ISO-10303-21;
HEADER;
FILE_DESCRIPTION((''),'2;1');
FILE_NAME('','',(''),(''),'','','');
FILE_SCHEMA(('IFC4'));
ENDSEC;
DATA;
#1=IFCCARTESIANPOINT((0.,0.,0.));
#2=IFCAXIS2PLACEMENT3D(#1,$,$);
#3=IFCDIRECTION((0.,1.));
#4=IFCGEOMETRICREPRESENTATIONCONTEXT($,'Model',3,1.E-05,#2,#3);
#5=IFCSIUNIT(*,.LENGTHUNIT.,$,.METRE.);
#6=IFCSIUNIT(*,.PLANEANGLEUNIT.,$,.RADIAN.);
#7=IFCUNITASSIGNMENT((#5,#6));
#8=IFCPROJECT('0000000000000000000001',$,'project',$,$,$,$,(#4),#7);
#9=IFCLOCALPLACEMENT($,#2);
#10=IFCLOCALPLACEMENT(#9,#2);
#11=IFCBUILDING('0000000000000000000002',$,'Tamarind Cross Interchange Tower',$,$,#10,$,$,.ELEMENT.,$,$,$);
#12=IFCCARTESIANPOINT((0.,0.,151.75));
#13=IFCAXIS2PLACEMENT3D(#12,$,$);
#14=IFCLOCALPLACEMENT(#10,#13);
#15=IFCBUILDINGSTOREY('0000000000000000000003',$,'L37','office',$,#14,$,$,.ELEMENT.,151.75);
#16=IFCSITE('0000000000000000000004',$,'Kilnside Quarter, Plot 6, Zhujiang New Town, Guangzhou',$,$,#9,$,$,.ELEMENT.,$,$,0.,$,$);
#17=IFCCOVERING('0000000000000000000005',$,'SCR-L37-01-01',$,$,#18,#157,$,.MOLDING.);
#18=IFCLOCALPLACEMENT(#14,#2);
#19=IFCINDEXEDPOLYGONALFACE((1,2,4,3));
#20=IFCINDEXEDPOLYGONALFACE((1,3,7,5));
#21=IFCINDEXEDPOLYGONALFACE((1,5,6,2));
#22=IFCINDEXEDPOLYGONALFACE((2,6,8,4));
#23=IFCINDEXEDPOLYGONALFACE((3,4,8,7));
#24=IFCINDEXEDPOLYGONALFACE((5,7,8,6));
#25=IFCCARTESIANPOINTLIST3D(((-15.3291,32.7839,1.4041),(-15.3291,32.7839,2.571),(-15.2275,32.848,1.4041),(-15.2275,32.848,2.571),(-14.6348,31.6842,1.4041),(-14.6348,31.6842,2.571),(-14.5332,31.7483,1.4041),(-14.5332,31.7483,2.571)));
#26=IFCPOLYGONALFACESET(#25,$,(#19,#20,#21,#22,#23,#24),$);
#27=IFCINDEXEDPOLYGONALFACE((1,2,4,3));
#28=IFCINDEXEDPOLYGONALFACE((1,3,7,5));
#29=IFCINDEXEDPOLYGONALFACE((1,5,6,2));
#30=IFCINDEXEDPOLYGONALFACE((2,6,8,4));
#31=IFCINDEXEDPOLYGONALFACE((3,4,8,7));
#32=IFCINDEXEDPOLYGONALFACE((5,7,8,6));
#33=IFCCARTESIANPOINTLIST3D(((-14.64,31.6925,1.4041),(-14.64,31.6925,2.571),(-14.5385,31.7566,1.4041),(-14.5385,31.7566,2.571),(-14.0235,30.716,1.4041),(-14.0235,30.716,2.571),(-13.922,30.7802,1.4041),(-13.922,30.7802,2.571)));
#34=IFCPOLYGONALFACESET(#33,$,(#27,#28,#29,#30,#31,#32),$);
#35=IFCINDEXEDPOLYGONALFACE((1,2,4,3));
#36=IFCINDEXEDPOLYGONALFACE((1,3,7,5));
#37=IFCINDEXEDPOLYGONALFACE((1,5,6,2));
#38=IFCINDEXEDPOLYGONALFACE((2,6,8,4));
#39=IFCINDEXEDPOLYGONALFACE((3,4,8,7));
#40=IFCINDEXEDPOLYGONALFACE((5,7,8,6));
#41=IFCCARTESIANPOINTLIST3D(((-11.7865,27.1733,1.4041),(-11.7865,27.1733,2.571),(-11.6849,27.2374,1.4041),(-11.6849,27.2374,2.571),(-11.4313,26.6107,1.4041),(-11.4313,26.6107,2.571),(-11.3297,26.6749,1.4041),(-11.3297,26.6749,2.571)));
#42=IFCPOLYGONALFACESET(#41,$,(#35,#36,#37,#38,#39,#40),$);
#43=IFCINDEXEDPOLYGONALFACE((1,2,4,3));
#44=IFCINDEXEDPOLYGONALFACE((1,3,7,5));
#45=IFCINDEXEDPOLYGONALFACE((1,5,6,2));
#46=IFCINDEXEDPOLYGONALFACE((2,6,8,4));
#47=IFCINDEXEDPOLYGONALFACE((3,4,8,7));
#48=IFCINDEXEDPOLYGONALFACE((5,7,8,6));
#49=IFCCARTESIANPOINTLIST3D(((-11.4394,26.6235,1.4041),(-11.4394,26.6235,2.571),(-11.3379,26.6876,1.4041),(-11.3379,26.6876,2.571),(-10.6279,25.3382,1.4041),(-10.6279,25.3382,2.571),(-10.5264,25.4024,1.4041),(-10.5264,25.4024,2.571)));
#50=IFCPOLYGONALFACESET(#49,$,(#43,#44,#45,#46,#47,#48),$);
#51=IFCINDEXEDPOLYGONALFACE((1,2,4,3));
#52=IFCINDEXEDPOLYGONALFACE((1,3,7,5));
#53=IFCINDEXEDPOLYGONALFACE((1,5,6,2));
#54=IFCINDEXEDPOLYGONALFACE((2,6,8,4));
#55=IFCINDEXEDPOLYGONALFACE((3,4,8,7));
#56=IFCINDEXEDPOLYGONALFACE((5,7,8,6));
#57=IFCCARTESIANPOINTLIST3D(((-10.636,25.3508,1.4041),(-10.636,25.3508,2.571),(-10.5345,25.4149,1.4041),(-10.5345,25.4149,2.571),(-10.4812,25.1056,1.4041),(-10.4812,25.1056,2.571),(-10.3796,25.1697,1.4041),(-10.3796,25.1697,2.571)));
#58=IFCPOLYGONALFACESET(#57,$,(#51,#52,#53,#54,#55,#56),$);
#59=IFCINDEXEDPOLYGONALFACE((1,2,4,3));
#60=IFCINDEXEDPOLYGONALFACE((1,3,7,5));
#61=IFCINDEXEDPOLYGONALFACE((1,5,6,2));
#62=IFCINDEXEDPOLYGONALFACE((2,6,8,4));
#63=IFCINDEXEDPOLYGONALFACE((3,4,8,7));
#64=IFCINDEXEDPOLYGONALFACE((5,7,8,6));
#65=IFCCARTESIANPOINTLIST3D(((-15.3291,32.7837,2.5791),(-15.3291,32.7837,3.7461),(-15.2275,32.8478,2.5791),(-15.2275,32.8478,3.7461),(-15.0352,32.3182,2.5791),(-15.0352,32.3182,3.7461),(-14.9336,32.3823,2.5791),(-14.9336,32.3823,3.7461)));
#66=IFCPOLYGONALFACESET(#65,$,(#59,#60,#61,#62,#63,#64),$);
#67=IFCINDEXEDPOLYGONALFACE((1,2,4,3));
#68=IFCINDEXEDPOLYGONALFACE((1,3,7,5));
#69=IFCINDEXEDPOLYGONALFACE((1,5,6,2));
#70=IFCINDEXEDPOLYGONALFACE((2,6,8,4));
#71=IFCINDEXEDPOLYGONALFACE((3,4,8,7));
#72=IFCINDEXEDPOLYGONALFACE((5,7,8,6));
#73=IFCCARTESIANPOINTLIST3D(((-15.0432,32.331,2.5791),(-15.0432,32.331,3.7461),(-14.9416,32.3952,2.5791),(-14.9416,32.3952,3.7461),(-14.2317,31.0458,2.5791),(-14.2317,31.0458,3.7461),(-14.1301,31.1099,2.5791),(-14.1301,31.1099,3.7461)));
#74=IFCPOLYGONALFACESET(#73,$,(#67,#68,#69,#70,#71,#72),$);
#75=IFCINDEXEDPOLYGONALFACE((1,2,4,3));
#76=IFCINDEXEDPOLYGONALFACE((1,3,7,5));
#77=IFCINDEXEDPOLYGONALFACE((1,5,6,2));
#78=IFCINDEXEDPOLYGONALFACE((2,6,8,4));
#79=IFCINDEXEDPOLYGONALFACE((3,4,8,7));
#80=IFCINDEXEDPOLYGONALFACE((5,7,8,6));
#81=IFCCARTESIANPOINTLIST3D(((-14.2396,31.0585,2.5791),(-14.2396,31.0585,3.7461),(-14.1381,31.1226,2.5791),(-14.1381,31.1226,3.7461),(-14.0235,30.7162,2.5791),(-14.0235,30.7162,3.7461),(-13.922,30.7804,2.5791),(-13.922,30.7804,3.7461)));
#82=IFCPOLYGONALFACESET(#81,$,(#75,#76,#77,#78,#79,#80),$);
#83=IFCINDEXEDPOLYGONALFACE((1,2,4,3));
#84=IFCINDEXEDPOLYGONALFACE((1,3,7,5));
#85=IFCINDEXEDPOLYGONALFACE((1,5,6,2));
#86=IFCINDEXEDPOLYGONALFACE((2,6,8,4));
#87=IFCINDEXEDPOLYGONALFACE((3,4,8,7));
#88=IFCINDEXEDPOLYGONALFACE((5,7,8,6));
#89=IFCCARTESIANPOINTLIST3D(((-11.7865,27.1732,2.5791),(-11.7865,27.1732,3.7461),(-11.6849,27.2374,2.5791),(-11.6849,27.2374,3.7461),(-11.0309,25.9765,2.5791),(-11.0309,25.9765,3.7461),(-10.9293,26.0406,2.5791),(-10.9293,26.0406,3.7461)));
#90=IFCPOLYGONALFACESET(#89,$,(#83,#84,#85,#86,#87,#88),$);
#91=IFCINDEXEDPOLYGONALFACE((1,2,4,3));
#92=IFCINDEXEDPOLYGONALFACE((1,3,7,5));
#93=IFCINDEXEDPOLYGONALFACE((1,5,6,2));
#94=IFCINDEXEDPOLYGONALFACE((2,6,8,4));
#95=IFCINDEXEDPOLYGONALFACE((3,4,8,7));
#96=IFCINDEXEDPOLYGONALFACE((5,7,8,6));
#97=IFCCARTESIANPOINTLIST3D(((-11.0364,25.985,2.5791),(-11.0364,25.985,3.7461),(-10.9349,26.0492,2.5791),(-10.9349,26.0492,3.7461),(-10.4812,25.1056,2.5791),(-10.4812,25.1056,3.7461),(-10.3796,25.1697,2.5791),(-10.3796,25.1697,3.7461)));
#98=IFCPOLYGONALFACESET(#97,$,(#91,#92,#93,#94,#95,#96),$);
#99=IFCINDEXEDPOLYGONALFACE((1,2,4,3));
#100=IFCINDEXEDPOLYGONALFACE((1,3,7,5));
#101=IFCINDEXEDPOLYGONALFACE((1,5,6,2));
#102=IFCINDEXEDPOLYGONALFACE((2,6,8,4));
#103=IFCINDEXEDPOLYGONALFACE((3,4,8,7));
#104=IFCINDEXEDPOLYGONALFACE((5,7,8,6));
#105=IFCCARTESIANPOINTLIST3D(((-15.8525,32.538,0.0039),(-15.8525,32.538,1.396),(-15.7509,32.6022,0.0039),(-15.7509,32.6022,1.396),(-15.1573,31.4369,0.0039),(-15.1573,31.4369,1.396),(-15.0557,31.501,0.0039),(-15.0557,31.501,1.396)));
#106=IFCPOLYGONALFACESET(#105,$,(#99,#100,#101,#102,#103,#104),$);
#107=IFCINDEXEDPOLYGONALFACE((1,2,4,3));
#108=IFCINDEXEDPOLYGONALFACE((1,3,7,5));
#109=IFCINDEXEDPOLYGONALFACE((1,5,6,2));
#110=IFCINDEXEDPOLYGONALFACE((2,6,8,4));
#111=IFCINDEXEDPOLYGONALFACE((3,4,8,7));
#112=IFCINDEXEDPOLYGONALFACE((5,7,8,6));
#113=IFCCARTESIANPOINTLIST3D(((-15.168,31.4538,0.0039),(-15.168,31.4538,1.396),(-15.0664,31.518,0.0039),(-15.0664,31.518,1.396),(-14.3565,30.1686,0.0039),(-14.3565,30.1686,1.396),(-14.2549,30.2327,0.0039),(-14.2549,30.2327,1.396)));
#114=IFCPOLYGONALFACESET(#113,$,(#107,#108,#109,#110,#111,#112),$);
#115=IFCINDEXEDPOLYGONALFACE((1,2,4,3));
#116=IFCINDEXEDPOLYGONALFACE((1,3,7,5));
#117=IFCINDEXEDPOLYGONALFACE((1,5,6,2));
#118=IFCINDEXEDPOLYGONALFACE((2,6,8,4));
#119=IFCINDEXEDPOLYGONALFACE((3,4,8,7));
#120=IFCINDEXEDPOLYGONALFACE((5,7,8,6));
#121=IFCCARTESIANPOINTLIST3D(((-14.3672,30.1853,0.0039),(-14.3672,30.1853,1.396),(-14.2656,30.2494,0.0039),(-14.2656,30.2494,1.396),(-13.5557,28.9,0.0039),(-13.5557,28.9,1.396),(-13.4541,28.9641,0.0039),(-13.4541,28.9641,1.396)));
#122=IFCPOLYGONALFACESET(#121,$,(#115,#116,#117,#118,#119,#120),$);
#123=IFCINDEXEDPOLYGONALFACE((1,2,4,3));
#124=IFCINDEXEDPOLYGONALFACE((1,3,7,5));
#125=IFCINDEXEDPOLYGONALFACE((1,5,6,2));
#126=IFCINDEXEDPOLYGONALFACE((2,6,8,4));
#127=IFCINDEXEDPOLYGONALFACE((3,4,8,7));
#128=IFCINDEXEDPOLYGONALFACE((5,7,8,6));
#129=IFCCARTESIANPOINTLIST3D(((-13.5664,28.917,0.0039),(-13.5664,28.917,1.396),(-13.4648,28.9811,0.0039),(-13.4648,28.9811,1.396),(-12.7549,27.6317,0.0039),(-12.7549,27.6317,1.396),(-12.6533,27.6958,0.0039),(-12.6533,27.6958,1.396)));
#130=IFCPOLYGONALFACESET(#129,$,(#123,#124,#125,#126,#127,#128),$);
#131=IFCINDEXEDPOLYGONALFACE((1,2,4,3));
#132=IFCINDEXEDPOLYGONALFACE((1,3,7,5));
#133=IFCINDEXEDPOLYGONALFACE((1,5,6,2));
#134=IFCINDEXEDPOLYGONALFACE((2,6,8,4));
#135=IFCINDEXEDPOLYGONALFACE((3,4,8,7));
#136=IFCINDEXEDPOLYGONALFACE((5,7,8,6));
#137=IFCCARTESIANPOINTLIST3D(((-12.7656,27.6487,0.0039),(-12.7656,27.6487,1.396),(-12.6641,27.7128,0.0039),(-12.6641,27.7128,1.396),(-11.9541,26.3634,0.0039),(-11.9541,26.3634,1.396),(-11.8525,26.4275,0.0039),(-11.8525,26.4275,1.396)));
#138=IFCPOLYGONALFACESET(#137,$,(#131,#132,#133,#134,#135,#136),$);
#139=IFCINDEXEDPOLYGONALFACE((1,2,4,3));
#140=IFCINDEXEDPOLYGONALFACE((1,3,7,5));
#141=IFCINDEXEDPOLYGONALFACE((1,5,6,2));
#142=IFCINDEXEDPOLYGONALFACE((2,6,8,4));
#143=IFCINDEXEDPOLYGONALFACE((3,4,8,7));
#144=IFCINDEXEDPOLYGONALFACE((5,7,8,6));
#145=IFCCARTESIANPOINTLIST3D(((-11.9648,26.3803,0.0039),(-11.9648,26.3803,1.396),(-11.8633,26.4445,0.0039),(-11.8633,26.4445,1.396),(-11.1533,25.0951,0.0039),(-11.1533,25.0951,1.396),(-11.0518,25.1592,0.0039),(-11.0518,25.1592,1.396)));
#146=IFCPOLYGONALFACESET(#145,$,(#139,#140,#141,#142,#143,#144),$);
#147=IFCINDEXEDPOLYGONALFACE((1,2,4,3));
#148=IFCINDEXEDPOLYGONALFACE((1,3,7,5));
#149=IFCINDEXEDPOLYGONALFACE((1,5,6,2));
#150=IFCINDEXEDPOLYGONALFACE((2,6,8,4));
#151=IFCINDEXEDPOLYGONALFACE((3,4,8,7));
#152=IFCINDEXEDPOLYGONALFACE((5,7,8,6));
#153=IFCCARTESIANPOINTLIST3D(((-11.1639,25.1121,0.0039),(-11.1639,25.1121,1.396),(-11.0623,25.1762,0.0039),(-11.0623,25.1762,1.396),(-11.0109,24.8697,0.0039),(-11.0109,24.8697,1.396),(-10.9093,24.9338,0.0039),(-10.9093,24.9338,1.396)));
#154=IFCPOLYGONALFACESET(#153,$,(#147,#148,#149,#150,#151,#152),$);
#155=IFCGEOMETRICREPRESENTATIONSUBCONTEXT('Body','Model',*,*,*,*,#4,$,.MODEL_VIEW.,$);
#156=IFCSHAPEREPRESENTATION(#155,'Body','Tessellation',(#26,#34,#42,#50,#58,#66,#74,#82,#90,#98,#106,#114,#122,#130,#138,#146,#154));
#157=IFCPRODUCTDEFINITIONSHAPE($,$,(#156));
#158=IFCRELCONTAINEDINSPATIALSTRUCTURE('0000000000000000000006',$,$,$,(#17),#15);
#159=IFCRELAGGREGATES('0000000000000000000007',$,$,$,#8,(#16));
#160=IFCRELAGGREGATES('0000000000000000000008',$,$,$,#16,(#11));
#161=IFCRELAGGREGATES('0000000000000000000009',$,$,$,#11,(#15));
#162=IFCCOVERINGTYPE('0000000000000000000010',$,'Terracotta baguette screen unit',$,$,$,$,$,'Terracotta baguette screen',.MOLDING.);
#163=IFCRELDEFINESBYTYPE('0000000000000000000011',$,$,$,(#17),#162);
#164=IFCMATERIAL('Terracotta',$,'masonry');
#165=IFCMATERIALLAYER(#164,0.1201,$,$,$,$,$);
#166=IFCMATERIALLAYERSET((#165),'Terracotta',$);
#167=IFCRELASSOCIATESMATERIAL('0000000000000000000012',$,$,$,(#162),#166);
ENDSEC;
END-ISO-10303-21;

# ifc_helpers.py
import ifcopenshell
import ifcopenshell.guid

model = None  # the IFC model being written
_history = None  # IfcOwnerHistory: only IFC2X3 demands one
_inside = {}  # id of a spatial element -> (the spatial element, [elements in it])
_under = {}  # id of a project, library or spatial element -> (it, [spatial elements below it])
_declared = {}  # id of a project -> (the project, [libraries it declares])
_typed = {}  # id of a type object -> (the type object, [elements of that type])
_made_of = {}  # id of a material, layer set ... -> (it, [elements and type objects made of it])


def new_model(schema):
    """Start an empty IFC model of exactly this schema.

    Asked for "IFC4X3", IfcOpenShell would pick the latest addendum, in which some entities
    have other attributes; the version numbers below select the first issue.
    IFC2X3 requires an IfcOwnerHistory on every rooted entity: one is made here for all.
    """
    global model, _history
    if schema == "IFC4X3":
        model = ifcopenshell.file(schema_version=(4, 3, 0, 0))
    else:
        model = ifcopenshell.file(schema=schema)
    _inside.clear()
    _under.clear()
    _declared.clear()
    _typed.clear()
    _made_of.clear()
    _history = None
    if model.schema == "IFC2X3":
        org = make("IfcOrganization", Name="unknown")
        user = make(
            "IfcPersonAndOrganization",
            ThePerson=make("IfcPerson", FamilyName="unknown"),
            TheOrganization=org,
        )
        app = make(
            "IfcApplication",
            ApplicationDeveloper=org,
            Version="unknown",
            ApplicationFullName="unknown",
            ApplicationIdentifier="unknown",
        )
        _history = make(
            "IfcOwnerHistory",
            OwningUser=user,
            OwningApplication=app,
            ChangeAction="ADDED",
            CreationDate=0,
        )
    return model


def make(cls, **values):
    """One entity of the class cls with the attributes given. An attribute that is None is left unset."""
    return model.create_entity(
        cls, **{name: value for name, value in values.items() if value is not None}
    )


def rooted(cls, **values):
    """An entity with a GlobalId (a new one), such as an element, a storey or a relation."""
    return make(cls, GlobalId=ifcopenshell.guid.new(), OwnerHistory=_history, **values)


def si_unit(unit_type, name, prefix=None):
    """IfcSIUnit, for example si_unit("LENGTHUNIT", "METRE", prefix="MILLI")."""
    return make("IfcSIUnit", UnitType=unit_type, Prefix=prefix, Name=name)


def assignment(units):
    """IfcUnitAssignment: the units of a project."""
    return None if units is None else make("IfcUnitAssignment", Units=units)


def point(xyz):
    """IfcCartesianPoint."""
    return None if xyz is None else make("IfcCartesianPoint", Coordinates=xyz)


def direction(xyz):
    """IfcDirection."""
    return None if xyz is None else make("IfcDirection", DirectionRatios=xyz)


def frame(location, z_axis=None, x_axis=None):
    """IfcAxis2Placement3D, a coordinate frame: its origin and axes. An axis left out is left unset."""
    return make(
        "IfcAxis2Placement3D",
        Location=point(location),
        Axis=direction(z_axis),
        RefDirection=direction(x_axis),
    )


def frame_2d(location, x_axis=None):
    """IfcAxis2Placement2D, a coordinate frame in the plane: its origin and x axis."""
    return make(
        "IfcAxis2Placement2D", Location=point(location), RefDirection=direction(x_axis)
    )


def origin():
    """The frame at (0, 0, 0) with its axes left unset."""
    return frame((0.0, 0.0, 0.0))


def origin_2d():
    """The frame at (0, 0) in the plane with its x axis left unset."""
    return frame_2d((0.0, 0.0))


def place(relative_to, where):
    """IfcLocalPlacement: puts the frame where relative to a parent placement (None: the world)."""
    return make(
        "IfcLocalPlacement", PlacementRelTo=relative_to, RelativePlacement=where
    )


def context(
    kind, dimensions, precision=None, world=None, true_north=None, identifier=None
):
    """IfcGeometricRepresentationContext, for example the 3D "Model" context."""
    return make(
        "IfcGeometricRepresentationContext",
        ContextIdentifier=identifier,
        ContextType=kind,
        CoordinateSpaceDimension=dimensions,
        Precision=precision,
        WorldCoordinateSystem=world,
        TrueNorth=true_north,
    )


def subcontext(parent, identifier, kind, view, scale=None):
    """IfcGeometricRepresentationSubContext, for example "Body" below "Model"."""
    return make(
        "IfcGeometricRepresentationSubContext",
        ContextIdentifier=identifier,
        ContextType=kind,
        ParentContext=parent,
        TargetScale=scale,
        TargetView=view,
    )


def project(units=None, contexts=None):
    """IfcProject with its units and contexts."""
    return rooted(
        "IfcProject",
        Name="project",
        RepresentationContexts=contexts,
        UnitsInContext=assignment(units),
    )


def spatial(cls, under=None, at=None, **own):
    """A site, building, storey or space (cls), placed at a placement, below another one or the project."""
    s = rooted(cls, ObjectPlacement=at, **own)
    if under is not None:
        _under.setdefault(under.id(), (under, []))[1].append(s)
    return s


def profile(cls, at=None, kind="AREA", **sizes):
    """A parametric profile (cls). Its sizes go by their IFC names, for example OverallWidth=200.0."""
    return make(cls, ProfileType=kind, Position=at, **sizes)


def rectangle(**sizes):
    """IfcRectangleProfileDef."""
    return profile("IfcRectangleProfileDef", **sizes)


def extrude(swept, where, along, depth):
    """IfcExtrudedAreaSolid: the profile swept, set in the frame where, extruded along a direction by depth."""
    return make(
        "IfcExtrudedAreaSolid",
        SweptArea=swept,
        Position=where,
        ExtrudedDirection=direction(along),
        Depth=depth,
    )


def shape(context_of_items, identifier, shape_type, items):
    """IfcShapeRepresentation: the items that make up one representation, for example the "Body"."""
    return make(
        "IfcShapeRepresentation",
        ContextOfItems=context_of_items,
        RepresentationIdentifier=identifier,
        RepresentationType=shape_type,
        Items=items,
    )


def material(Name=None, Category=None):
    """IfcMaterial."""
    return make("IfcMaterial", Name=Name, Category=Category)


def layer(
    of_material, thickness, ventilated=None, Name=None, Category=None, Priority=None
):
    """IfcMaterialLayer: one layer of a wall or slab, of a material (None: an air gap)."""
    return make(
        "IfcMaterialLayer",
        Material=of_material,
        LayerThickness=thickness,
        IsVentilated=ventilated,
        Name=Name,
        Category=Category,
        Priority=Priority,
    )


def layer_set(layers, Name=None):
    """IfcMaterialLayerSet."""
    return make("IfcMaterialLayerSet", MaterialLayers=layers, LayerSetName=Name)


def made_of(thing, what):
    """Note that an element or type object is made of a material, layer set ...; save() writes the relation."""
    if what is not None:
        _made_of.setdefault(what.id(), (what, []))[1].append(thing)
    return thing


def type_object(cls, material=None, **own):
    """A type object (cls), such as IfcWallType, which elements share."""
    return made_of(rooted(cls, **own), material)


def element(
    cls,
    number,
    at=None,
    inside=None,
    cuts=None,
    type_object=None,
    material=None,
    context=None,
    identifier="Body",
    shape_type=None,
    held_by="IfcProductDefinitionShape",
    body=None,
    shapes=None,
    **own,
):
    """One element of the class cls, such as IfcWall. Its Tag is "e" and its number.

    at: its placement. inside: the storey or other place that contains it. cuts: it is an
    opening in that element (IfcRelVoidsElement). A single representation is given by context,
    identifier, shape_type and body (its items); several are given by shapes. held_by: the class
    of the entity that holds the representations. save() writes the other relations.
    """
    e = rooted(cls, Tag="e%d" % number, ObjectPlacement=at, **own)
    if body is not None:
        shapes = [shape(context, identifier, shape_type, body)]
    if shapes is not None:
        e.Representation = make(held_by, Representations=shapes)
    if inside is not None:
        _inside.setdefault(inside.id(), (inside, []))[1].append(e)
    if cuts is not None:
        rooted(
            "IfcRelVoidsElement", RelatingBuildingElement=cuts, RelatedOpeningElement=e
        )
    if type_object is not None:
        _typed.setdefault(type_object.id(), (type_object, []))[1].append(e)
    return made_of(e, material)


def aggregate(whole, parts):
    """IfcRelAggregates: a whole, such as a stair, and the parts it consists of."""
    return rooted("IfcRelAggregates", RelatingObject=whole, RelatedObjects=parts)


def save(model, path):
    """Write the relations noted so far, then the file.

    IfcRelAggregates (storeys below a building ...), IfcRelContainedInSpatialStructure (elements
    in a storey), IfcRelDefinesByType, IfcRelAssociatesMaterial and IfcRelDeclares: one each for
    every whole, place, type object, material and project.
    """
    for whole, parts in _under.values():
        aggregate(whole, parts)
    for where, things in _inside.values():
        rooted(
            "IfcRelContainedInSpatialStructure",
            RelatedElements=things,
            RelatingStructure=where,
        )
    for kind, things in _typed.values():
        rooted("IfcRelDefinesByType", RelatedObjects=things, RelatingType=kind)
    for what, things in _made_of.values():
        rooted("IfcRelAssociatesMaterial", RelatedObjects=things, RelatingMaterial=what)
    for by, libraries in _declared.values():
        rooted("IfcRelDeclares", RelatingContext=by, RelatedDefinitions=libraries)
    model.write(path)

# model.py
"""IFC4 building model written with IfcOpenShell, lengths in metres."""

from ifc_helpers import new_model, si_unit, direction, frame, origin, origin_2d, place, context, subcontext, project, spatial, rectangle, extrude, material, layer, layer_set, type_object, element, save


model = new_model("IFC4")

# Units and contexts
model_context = context("Model", 3, precision=1e-05, world=origin(), true_north=direction((0.0, 1.0)))
body_context = subcontext(model_context, "Body", "Model", "MODEL_VIEW")
ifc_project = project(units=[si_unit("LENGTHUNIT", "METRE"), si_unit("PLANEANGLEUNIT", "RADIAN")], contexts=[model_context])

# Site, building, storey
site_placement = place(None, origin())
site = spatial("IfcSite", under=ifc_project, at=site_placement, Name="Kilnside Quarter, Plot 6, Zhujiang New Town, Guangzhou", CompositionType="ELEMENT", RefElevation=0.0)
building_placement = place(site_placement, origin())
building = spatial("IfcBuilding", under=site, at=building_placement, Name="Tamarind Cross Interchange Tower", CompositionType="ELEMENT")
storey_placement = place(building_placement, frame((0.0, 0.0, 151.75)))
storey = spatial("IfcBuildingStorey", under=building, at=storey_placement, Name="L37", Description="office", CompositionType="ELEMENT", Elevation=151.75)

# Covering
ifc_material_1 = material(Name="Terracotta", Category="masonry")
ifc_layer_1 = layer(ifc_material_1, 0.1201)
ifc_layer_set_1 = layer_set([ifc_layer_1], Name="Terracotta")
covering_type = type_object("IfcCoveringType", Name="Terracotta baguette screen unit", ElementType="Terracotta baguette screen", PredefinedType="MOLDING", material=ifc_layer_set_1)
covering_1_placement = place(storey_placement, origin())
element("IfcCovering", 1, at=covering_1_placement, inside=storey, type_object=covering_type, Name="SCR-L37-01-01", PredefinedType="MOLDING", context=body_context, shape_type="SweptSolid", body=[
    extrude(rectangle(XDim=1.3005, YDim=0.1201, at=origin_2d()), frame((-14.9312, 32.2661, 1.4041), z_axis=(0.0, 0.0, 1.0), x_axis=(0.533881, -0.84556, 0.0)), (0.0, 0.0, 1.0), 1.167),
    extrude(rectangle(XDim=1.1548, YDim=0.1201, at=origin_2d()), frame((-14.281, 31.2363, 1.4041), z_axis=(0.0, 0.0, 1.0), x_axis=(0.533881, -0.84556, 0.0)), (0.0, 0.0, 1.0), 1.167),
    extrude(rectangle(XDim=0.6653, YDim=0.1201, at=origin_2d()), frame((-11.5581, 26.9241, 1.4041), z_axis=(0.0, 0.0, 1.0), x_axis=(0.533881, -0.84556, 0.0)), (0.0, 0.0, 1.0), 1.167),
    extrude(rectangle(XDim=1.52, YDim=0.1201, at=origin_2d()), frame((-10.9829, 26.0129, 1.4041), z_axis=(0.0, 0.0, 1.0), x_axis=(0.533881, -0.84556, 0.0)), (0.0, 0.0, 1.0), 1.167),
    extrude(rectangle(XDim=0.29, YDim=0.1201, at=origin_2d()), frame((-10.5078, 25.2603, 1.4041), z_axis=(0.0, 0.0, 1.0), x_axis=(0.533881, -0.84556, 0.0)), (0.0, 0.0, 1.0), 1.167),
    extrude(rectangle(XDim=0.5505, YDim=0.1201, at=origin_2d()), frame((-15.1313, 32.583, 2.5791), z_axis=(0.0, 0.0, 1.0), x_axis=(0.533881, -0.84556, 0.0)), (0.0, 0.0, 1.0), 1.167),
    extrude(rectangle(XDim=1.52, YDim=0.1201, at=origin_2d()), frame((-14.5867, 31.7205, 2.5791), z_axis=(0.0, 0.0, 1.0), x_axis=(0.533881, -0.84556, 0.0)), (0.0, 0.0, 1.0), 1.167),
    extrude(rectangle(XDim=0.4048, YDim=0.1201, at=origin_2d()), frame((-14.0808, 30.9194, 2.5791), z_axis=(0.0, 0.0, 1.0), x_axis=(0.533881, -0.84556, 0.0)), (0.0, 0.0, 1.0), 1.167),
    extrude(rectangle(XDim=1.4153, YDim=0.1201, at=origin_2d()), frame((-11.3579, 26.6069, 2.5791), z_axis=(0.0, 0.0, 1.0), x_axis=(0.533881, -0.84556, 0.0)), (0.0, 0.0, 1.0), 1.167),
    extrude(rectangle(XDim=1.04, YDim=0.1201, at=origin_2d()), frame((-10.708, 25.5774, 2.5791), z_axis=(0.0, 0.0, 1.0), x_axis=(0.533881, -0.84556, 0.0)), (0.0, 0.0, 1.0), 1.167),
    extrude(rectangle(XDim=1.3022, YDim=0.1201, at=origin_2d()), frame((-15.4541, 32.0195, 0.0039), z_axis=(0.0, 0.0, 1.0), x_axis=(0.533881, -0.84556, 0.0)), (0.0, 0.0, 1.0), 1.3921),
    extrude(rectangle(XDim=1.52, YDim=0.1201, at=origin_2d()), frame((-14.7114, 30.8433, 0.0039), z_axis=(0.0, 0.0, 1.0), x_axis=(0.533881, -0.84556, 0.0)), (0.0, 0.0, 1.0), 1.3921),
    extrude(rectangle(XDim=1.52, YDim=0.1201, at=origin_2d()), frame((-13.9106, 29.5747, 0.0039), z_axis=(0.0, 0.0, 1.0), x_axis=(0.533881, -0.84556, 0.0)), (0.0, 0.0, 1.0), 1.3921),
    extrude(rectangle(XDim=1.52, YDim=0.1201, at=origin_2d()), frame((-13.1099, 28.3064, 0.0039), z_axis=(0.0, 0.0, 1.0), x_axis=(0.533881, -0.84556, 0.0)), (0.0, 0.0, 1.0), 1.3921),
    extrude(rectangle(XDim=1.52, YDim=0.1201, at=origin_2d()), frame((-12.3091, 27.0381, 0.0039), z_axis=(0.0, 0.0, 1.0), x_axis=(0.533881, -0.84556, 0.0)), (0.0, 0.0, 1.0), 1.3921),
    extrude(rectangle(XDim=1.52, YDim=0.1201, at=origin_2d()), frame((-11.5083, 25.7698, 0.0039), z_axis=(0.0, 0.0, 1.0), x_axis=(0.533881, -0.84556, 0.0)), (0.0, 0.0, 1.0), 1.3921),
    extrude(rectangle(XDim=0.2866, YDim=0.1201, at=origin_2d()), frame((-11.0366, 25.0229, 0.0039), z_axis=(0.0, 0.0, 1.0), x_axis=(0.533881, -0.84556, 0.0)), (0.0, 0.0, 1.0), 1.3921),
])

save(model, "model.ifc")
